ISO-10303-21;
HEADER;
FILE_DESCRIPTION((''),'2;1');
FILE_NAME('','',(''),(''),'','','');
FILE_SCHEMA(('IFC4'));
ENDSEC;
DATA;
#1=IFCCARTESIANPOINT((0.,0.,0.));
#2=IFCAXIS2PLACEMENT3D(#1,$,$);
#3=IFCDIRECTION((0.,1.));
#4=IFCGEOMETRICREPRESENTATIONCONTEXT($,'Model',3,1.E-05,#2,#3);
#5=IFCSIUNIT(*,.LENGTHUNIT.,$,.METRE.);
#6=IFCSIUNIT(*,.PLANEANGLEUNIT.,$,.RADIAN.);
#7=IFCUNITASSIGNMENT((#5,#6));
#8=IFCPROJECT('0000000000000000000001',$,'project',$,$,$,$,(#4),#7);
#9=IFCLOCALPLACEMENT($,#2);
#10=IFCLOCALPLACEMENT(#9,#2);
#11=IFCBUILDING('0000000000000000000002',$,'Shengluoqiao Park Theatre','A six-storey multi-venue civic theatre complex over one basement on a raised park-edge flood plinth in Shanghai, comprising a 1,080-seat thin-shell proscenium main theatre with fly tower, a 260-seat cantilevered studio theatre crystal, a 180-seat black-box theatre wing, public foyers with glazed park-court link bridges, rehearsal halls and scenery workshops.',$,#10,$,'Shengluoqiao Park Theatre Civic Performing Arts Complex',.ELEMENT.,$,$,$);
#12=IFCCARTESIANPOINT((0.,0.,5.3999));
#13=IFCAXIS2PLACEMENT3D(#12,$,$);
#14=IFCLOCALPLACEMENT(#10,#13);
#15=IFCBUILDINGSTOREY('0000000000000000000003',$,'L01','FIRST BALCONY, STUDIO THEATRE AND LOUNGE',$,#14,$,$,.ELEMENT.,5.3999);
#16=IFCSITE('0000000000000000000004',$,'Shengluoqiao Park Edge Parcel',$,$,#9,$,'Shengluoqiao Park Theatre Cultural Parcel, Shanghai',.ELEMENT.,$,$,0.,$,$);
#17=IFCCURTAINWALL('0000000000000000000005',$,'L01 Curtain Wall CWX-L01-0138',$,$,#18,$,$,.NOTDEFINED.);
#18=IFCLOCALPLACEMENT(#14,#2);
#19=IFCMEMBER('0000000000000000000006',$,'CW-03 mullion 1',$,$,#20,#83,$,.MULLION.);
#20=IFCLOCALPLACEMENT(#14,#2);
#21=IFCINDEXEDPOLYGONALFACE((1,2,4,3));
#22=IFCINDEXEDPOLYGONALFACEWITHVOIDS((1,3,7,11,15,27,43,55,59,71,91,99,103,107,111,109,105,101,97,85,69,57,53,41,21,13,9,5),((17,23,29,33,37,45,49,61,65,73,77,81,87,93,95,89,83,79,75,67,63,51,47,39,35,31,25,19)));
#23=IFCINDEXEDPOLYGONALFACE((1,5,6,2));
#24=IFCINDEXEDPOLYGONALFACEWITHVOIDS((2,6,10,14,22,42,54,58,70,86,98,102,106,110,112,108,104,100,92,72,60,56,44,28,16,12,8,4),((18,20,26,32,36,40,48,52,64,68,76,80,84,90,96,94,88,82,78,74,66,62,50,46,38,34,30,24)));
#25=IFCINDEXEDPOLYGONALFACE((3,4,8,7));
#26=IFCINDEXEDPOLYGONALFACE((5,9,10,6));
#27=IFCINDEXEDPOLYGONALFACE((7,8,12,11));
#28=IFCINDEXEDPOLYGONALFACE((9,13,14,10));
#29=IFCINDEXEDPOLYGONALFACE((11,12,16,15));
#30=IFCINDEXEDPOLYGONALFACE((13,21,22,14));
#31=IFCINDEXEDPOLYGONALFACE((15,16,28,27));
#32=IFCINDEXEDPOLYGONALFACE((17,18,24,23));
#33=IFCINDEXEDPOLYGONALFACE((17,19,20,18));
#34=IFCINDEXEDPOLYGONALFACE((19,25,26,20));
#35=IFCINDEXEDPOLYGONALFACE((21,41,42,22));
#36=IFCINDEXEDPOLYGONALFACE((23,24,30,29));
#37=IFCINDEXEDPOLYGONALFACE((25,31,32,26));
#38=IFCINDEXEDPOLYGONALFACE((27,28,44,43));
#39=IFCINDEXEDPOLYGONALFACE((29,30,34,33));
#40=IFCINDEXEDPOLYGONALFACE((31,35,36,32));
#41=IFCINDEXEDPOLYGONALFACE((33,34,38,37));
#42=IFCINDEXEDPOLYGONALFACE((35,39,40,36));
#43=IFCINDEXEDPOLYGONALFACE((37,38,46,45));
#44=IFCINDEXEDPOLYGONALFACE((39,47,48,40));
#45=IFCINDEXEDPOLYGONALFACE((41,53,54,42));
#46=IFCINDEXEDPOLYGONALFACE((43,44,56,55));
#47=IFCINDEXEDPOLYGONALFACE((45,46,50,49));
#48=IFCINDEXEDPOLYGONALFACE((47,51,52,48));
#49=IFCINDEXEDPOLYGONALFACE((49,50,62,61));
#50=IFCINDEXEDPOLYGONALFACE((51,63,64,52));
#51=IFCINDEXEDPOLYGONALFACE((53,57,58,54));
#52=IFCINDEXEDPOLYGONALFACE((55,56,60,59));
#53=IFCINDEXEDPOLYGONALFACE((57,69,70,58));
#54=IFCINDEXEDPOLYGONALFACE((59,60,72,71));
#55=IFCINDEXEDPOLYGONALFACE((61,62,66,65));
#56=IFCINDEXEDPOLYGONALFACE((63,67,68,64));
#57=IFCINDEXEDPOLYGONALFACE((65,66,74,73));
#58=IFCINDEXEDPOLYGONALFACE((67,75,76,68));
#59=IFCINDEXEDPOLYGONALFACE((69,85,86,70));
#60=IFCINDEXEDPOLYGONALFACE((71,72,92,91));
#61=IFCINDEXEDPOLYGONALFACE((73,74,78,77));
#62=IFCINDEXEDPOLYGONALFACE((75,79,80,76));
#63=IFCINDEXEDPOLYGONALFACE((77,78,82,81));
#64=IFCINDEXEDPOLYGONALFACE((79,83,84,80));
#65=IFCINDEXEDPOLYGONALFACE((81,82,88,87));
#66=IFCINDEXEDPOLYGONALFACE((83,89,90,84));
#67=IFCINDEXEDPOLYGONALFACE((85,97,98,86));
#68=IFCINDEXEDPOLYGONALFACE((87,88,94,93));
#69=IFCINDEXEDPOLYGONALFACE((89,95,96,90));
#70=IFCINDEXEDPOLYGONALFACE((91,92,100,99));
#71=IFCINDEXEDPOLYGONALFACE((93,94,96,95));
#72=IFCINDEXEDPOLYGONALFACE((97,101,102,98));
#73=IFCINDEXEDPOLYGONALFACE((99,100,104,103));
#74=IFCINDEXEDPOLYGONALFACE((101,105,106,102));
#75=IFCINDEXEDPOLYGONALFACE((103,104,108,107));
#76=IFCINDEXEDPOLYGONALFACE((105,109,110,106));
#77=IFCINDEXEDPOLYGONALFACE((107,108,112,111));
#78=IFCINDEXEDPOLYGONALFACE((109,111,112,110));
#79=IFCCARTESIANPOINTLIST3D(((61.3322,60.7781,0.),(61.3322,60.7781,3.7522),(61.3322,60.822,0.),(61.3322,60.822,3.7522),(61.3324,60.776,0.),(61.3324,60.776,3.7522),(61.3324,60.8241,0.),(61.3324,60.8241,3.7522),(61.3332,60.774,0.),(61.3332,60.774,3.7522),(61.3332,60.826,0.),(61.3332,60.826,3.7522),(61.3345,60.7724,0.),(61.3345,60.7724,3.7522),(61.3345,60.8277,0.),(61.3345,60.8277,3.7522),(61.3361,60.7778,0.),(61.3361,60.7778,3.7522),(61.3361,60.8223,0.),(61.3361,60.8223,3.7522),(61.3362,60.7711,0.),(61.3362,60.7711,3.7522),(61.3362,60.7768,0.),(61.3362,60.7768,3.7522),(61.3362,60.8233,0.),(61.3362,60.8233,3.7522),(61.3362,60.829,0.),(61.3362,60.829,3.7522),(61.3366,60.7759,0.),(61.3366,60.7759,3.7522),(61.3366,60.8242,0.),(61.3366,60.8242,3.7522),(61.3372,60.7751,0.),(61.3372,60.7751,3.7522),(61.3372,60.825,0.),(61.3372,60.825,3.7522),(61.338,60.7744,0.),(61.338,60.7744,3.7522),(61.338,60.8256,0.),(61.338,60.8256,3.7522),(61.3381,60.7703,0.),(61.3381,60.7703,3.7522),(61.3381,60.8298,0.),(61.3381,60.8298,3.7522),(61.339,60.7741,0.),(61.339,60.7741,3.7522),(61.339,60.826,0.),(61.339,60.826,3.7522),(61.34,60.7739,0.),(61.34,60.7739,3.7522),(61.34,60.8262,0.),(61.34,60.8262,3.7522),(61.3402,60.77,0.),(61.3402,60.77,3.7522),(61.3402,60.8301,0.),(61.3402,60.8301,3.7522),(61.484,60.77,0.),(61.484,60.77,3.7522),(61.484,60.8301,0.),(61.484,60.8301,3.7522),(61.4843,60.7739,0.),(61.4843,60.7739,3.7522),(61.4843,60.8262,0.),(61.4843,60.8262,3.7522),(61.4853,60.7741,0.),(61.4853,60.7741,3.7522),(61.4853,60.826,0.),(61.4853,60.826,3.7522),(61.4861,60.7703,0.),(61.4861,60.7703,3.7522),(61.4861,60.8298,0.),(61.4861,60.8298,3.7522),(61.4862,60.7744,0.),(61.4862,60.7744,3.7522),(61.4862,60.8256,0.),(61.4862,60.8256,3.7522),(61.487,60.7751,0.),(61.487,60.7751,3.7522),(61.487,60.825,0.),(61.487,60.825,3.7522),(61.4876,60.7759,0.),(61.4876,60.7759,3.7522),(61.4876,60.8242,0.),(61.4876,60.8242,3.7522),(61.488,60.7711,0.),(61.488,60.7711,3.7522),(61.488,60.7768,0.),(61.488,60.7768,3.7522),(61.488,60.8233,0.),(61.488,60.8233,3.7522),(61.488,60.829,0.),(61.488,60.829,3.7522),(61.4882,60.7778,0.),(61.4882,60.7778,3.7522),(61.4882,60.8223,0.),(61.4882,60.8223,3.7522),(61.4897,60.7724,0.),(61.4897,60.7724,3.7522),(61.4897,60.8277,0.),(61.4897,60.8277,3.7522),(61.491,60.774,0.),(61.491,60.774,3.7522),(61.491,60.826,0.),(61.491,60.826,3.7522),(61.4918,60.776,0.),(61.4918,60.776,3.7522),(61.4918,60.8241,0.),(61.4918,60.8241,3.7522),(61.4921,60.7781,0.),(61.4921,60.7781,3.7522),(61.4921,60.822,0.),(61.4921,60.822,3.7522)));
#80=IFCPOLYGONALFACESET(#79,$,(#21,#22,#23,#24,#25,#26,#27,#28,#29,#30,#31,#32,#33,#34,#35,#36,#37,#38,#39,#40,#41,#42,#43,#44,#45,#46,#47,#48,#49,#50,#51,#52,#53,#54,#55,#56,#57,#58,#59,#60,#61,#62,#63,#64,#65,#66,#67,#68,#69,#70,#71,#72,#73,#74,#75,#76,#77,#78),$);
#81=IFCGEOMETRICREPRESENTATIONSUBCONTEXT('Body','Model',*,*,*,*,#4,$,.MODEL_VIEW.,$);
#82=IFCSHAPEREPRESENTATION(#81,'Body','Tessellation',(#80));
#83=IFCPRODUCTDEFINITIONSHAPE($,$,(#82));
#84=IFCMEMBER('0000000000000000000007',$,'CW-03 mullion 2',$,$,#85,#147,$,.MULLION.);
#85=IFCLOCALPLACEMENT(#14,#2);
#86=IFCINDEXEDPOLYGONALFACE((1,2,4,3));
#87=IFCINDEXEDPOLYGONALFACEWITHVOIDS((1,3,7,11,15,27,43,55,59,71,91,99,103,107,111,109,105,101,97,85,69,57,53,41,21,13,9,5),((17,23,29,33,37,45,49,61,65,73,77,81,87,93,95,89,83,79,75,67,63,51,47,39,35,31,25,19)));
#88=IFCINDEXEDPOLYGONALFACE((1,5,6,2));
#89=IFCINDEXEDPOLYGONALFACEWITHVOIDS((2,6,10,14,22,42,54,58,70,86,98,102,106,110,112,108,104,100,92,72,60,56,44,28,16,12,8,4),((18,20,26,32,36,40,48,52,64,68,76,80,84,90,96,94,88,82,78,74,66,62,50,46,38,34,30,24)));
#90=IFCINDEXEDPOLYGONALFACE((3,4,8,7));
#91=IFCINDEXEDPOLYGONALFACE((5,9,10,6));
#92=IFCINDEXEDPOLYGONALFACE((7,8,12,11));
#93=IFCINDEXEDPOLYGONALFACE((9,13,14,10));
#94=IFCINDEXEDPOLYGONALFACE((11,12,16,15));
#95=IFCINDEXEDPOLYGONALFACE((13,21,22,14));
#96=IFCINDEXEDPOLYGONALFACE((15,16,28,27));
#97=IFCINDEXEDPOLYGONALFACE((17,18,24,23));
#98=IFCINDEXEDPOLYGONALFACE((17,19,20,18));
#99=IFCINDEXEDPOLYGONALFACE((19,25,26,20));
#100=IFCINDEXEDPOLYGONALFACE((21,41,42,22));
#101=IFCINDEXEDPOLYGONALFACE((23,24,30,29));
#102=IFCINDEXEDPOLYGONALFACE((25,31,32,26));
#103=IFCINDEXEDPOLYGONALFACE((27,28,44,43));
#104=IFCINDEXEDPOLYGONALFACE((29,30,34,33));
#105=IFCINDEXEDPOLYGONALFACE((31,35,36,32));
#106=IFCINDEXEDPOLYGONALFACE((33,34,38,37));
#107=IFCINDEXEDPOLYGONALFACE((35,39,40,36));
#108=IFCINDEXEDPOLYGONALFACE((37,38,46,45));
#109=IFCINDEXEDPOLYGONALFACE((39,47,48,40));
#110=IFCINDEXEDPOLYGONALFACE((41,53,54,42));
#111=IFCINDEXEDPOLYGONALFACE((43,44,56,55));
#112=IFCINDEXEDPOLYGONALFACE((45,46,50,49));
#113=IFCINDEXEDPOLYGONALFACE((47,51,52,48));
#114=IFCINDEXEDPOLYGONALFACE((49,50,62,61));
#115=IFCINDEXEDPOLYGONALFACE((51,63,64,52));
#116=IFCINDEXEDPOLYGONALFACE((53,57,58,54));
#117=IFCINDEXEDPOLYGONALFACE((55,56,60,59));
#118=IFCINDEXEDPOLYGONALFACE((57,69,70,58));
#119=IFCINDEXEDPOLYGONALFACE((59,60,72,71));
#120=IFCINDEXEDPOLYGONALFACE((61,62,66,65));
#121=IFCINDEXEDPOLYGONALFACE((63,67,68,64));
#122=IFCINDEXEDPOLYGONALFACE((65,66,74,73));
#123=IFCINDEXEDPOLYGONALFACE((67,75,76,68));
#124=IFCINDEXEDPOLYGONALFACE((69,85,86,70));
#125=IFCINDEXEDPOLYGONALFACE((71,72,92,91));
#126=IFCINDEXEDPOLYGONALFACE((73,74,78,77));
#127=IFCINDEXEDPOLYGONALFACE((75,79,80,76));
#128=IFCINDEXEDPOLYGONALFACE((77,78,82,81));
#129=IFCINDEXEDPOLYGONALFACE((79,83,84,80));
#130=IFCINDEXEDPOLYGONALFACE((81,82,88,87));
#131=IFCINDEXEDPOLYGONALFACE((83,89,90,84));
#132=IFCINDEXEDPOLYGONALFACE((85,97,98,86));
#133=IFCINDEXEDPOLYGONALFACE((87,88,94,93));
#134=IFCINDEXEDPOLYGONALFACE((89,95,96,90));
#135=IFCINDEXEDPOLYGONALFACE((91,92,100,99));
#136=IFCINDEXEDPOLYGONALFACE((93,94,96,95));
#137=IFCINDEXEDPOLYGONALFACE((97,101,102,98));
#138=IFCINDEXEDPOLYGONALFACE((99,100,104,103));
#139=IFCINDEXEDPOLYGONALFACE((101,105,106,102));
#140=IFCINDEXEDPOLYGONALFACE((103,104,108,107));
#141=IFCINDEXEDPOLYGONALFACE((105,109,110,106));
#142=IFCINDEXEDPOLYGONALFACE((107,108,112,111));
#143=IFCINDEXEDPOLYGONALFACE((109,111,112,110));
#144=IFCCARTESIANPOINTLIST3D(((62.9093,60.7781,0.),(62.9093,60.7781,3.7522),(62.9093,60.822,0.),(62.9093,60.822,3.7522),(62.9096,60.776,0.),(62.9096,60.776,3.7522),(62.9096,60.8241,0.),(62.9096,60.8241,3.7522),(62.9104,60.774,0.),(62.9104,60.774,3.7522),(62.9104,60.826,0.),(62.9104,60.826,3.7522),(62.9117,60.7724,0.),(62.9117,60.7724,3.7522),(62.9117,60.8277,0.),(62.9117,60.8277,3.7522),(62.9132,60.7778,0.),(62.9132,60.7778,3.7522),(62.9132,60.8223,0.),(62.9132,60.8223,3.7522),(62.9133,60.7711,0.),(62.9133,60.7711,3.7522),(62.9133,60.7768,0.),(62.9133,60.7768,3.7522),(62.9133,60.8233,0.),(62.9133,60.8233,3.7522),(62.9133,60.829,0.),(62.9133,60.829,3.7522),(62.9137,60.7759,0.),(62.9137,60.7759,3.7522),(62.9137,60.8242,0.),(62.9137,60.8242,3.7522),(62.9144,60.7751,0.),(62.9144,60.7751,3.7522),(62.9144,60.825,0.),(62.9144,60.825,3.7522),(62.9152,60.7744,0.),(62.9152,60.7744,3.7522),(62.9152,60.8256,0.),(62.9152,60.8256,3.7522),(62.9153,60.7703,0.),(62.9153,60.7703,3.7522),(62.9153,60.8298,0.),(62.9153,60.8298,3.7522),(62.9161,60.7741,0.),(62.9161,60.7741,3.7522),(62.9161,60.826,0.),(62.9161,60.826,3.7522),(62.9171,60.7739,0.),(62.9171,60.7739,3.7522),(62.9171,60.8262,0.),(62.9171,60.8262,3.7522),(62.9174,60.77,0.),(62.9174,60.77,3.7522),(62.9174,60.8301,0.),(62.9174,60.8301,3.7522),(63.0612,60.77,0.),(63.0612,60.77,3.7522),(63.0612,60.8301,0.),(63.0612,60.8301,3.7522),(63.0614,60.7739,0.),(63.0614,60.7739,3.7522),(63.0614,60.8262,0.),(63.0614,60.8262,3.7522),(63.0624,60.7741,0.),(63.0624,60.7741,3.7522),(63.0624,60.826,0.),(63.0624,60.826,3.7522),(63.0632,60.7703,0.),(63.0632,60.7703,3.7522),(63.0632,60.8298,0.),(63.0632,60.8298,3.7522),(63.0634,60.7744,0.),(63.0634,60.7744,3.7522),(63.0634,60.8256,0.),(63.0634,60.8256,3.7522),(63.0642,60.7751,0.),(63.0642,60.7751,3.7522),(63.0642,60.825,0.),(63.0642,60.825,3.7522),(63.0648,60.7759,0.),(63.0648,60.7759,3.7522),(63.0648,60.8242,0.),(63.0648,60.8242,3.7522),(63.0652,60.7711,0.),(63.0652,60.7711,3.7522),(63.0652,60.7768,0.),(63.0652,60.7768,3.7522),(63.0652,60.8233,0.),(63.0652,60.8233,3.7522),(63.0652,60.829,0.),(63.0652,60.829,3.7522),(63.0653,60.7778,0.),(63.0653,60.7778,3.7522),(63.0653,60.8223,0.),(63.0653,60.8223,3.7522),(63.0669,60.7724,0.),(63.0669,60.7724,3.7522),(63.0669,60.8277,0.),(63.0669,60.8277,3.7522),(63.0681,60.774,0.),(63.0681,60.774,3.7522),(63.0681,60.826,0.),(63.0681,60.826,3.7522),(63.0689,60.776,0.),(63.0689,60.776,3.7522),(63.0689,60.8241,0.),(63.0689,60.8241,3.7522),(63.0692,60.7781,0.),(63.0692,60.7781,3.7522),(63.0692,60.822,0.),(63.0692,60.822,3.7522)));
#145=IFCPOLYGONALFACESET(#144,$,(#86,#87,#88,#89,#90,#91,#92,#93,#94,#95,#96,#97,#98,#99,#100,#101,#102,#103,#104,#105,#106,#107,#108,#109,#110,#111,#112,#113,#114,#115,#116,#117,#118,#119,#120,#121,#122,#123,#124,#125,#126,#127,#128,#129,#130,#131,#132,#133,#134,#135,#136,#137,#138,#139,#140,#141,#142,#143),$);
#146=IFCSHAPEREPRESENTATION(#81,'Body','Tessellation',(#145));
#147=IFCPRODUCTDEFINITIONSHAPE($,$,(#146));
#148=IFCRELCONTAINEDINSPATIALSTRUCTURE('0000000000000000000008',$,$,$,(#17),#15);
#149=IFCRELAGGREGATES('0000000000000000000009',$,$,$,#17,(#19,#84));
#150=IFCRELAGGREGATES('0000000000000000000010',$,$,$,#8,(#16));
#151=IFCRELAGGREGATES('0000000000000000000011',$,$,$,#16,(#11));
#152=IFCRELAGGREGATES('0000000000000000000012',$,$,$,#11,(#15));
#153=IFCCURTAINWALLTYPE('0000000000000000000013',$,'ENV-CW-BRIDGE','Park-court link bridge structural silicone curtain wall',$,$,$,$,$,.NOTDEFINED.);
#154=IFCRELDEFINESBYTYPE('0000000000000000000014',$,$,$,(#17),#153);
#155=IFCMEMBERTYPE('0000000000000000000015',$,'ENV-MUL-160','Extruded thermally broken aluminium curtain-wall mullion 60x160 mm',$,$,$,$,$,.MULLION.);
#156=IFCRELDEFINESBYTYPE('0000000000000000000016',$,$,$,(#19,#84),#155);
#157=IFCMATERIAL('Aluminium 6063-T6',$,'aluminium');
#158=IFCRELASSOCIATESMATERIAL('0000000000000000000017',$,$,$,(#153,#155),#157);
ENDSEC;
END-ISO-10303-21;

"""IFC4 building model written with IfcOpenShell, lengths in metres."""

from ifc_helpers import new_model, si_unit, direction, frame, origin, origin_2d, place, context, subcontext, project, spatial, hollow_rectangle, extrude, material, material_profile, profile_set, type_object, element, aggregate, save


model = new_model("IFC4")

# Units and contexts
model_context = context("Model", 3, precision=1e-05, world=origin(), true_north=direction((0.0, 1.0)))
body_context = subcontext(model_context, "Body", "Model", "MODEL_VIEW")
ifc_project = project(units=[si_unit("LENGTHUNIT", "METRE"), si_unit("PLANEANGLEUNIT", "RADIAN")], contexts=[model_context])

# Site, building, storey
site_placement = place(None, origin())
site = spatial("IfcSite", under=ifc_project, at=site_placement, Name="Shengluoqiao Park Edge Parcel", LongName="Shengluoqiao Park Theatre Cultural Parcel, Shanghai", CompositionType="ELEMENT", RefElevation=0.0)
building_placement = place(site_placement, origin())
building = spatial("IfcBuilding", under=site, at=building_placement, Name="Shengluoqiao Park Theatre", Description="A six-storey multi-venue civic theatre complex over one basement on a raised park-edge flood plinth in Shanghai, comprising a 1,080-seat thin-shell proscenium main theatre with fly tower, a 260-seat cantilevered studio theatre crystal, a 180-seat black-box theatre wing, public foyers with glazed park-court link bridges, rehearsal halls and scenery workshops.", LongName="Shengluoqiao Park Theatre Civic Performing Arts Complex", CompositionType="ELEMENT")
storey_placement = place(building_placement, frame((0.0, 0.0, 5.3999)))
storey = spatial("IfcBuildingStorey", under=building, at=storey_placement, Name="L01", Description="FIRST BALCONY, STUDIO THEATRE AND LOUNGE", CompositionType="ELEMENT", Elevation=5.3999)

# Curtain wall, members
ifc_material_1 = material(Name="Aluminium 6063-T6", Category="aluminium")
curtain_wall_type_1 = type_object("IfcCurtainWallType", Name="ENV-CW-BRIDGE", Description="Park-court link bridge structural silicone curtain wall", PredefinedType="NOTDEFINED", material=ifc_material_1)
curtain_wall_1_placement = place(storey_placement, origin())
curtain_wall_1 = element("IfcCurtainWall", 1, at=curtain_wall_1_placement, inside=storey, type_object=curtain_wall_type_1, Name="L01 Curtain Wall CWX-L01-0138", PredefinedType="NOTDEFINED")
ifc_material_profile_1 = material_profile(ifc_material_1, hollow_rectangle(XDim=0.0601, YDim=0.1599, WallThickness=0.0039, InnerFilletRadius=0.0039, OuterFilletRadius=0.0081, at=origin_2d()), Name="ALU MULLION 160x60x4")
ifc_profile_set_1 = profile_set([ifc_material_profile_1], Name="Aluminium 6063-T6")
member_type_1 = type_object("IfcMemberType", Name="ENV-MUL-160", Description="Extruded thermally broken aluminium curtain-wall mullion 60x160 mm", PredefinedType="MULLION", material=ifc_profile_set_1)
member_1_placement = place(storey_placement, frame((61.4121, 60.8, 0.0), z_axis=(0.0, 0.0, 1.0), x_axis=(0.0, 1.0, 0.0)))
member_1 = element("IfcMember", 2, at=member_1_placement, type_object=member_type_1, Name="CW-03 mullion 1", PredefinedType="MULLION", context=body_context, shape_type="SweptSolid", body=[
    extrude(hollow_rectangle(XDim=0.0601, YDim=0.1599, WallThickness=0.0039, InnerFilletRadius=0.0039, OuterFilletRadius=0.0081, at=origin_2d()), origin(), (0.0, 0.0, 1.0), 3.7522),
])
member_2_placement = place(storey_placement, frame((62.9893, 60.8, 0.0), z_axis=(0.0, 0.0, 1.0), x_axis=(0.0, 1.0, 0.0)))
member_2 = element("IfcMember", 3, at=member_2_placement, type_object=member_type_1, Name="CW-03 mullion 2", PredefinedType="MULLION", context=body_context, shape_type="SweptSolid", body=[
    extrude(hollow_rectangle(XDim=0.0601, YDim=0.1599, WallThickness=0.0039, InnerFilletRadius=0.0039, OuterFilletRadius=0.0081, at=origin_2d()), origin(), (0.0, 0.0, 1.0), 3.7522),
])

aggregate(curtain_wall_1, [member_1, member_2])

save(model, "model.ifc")
